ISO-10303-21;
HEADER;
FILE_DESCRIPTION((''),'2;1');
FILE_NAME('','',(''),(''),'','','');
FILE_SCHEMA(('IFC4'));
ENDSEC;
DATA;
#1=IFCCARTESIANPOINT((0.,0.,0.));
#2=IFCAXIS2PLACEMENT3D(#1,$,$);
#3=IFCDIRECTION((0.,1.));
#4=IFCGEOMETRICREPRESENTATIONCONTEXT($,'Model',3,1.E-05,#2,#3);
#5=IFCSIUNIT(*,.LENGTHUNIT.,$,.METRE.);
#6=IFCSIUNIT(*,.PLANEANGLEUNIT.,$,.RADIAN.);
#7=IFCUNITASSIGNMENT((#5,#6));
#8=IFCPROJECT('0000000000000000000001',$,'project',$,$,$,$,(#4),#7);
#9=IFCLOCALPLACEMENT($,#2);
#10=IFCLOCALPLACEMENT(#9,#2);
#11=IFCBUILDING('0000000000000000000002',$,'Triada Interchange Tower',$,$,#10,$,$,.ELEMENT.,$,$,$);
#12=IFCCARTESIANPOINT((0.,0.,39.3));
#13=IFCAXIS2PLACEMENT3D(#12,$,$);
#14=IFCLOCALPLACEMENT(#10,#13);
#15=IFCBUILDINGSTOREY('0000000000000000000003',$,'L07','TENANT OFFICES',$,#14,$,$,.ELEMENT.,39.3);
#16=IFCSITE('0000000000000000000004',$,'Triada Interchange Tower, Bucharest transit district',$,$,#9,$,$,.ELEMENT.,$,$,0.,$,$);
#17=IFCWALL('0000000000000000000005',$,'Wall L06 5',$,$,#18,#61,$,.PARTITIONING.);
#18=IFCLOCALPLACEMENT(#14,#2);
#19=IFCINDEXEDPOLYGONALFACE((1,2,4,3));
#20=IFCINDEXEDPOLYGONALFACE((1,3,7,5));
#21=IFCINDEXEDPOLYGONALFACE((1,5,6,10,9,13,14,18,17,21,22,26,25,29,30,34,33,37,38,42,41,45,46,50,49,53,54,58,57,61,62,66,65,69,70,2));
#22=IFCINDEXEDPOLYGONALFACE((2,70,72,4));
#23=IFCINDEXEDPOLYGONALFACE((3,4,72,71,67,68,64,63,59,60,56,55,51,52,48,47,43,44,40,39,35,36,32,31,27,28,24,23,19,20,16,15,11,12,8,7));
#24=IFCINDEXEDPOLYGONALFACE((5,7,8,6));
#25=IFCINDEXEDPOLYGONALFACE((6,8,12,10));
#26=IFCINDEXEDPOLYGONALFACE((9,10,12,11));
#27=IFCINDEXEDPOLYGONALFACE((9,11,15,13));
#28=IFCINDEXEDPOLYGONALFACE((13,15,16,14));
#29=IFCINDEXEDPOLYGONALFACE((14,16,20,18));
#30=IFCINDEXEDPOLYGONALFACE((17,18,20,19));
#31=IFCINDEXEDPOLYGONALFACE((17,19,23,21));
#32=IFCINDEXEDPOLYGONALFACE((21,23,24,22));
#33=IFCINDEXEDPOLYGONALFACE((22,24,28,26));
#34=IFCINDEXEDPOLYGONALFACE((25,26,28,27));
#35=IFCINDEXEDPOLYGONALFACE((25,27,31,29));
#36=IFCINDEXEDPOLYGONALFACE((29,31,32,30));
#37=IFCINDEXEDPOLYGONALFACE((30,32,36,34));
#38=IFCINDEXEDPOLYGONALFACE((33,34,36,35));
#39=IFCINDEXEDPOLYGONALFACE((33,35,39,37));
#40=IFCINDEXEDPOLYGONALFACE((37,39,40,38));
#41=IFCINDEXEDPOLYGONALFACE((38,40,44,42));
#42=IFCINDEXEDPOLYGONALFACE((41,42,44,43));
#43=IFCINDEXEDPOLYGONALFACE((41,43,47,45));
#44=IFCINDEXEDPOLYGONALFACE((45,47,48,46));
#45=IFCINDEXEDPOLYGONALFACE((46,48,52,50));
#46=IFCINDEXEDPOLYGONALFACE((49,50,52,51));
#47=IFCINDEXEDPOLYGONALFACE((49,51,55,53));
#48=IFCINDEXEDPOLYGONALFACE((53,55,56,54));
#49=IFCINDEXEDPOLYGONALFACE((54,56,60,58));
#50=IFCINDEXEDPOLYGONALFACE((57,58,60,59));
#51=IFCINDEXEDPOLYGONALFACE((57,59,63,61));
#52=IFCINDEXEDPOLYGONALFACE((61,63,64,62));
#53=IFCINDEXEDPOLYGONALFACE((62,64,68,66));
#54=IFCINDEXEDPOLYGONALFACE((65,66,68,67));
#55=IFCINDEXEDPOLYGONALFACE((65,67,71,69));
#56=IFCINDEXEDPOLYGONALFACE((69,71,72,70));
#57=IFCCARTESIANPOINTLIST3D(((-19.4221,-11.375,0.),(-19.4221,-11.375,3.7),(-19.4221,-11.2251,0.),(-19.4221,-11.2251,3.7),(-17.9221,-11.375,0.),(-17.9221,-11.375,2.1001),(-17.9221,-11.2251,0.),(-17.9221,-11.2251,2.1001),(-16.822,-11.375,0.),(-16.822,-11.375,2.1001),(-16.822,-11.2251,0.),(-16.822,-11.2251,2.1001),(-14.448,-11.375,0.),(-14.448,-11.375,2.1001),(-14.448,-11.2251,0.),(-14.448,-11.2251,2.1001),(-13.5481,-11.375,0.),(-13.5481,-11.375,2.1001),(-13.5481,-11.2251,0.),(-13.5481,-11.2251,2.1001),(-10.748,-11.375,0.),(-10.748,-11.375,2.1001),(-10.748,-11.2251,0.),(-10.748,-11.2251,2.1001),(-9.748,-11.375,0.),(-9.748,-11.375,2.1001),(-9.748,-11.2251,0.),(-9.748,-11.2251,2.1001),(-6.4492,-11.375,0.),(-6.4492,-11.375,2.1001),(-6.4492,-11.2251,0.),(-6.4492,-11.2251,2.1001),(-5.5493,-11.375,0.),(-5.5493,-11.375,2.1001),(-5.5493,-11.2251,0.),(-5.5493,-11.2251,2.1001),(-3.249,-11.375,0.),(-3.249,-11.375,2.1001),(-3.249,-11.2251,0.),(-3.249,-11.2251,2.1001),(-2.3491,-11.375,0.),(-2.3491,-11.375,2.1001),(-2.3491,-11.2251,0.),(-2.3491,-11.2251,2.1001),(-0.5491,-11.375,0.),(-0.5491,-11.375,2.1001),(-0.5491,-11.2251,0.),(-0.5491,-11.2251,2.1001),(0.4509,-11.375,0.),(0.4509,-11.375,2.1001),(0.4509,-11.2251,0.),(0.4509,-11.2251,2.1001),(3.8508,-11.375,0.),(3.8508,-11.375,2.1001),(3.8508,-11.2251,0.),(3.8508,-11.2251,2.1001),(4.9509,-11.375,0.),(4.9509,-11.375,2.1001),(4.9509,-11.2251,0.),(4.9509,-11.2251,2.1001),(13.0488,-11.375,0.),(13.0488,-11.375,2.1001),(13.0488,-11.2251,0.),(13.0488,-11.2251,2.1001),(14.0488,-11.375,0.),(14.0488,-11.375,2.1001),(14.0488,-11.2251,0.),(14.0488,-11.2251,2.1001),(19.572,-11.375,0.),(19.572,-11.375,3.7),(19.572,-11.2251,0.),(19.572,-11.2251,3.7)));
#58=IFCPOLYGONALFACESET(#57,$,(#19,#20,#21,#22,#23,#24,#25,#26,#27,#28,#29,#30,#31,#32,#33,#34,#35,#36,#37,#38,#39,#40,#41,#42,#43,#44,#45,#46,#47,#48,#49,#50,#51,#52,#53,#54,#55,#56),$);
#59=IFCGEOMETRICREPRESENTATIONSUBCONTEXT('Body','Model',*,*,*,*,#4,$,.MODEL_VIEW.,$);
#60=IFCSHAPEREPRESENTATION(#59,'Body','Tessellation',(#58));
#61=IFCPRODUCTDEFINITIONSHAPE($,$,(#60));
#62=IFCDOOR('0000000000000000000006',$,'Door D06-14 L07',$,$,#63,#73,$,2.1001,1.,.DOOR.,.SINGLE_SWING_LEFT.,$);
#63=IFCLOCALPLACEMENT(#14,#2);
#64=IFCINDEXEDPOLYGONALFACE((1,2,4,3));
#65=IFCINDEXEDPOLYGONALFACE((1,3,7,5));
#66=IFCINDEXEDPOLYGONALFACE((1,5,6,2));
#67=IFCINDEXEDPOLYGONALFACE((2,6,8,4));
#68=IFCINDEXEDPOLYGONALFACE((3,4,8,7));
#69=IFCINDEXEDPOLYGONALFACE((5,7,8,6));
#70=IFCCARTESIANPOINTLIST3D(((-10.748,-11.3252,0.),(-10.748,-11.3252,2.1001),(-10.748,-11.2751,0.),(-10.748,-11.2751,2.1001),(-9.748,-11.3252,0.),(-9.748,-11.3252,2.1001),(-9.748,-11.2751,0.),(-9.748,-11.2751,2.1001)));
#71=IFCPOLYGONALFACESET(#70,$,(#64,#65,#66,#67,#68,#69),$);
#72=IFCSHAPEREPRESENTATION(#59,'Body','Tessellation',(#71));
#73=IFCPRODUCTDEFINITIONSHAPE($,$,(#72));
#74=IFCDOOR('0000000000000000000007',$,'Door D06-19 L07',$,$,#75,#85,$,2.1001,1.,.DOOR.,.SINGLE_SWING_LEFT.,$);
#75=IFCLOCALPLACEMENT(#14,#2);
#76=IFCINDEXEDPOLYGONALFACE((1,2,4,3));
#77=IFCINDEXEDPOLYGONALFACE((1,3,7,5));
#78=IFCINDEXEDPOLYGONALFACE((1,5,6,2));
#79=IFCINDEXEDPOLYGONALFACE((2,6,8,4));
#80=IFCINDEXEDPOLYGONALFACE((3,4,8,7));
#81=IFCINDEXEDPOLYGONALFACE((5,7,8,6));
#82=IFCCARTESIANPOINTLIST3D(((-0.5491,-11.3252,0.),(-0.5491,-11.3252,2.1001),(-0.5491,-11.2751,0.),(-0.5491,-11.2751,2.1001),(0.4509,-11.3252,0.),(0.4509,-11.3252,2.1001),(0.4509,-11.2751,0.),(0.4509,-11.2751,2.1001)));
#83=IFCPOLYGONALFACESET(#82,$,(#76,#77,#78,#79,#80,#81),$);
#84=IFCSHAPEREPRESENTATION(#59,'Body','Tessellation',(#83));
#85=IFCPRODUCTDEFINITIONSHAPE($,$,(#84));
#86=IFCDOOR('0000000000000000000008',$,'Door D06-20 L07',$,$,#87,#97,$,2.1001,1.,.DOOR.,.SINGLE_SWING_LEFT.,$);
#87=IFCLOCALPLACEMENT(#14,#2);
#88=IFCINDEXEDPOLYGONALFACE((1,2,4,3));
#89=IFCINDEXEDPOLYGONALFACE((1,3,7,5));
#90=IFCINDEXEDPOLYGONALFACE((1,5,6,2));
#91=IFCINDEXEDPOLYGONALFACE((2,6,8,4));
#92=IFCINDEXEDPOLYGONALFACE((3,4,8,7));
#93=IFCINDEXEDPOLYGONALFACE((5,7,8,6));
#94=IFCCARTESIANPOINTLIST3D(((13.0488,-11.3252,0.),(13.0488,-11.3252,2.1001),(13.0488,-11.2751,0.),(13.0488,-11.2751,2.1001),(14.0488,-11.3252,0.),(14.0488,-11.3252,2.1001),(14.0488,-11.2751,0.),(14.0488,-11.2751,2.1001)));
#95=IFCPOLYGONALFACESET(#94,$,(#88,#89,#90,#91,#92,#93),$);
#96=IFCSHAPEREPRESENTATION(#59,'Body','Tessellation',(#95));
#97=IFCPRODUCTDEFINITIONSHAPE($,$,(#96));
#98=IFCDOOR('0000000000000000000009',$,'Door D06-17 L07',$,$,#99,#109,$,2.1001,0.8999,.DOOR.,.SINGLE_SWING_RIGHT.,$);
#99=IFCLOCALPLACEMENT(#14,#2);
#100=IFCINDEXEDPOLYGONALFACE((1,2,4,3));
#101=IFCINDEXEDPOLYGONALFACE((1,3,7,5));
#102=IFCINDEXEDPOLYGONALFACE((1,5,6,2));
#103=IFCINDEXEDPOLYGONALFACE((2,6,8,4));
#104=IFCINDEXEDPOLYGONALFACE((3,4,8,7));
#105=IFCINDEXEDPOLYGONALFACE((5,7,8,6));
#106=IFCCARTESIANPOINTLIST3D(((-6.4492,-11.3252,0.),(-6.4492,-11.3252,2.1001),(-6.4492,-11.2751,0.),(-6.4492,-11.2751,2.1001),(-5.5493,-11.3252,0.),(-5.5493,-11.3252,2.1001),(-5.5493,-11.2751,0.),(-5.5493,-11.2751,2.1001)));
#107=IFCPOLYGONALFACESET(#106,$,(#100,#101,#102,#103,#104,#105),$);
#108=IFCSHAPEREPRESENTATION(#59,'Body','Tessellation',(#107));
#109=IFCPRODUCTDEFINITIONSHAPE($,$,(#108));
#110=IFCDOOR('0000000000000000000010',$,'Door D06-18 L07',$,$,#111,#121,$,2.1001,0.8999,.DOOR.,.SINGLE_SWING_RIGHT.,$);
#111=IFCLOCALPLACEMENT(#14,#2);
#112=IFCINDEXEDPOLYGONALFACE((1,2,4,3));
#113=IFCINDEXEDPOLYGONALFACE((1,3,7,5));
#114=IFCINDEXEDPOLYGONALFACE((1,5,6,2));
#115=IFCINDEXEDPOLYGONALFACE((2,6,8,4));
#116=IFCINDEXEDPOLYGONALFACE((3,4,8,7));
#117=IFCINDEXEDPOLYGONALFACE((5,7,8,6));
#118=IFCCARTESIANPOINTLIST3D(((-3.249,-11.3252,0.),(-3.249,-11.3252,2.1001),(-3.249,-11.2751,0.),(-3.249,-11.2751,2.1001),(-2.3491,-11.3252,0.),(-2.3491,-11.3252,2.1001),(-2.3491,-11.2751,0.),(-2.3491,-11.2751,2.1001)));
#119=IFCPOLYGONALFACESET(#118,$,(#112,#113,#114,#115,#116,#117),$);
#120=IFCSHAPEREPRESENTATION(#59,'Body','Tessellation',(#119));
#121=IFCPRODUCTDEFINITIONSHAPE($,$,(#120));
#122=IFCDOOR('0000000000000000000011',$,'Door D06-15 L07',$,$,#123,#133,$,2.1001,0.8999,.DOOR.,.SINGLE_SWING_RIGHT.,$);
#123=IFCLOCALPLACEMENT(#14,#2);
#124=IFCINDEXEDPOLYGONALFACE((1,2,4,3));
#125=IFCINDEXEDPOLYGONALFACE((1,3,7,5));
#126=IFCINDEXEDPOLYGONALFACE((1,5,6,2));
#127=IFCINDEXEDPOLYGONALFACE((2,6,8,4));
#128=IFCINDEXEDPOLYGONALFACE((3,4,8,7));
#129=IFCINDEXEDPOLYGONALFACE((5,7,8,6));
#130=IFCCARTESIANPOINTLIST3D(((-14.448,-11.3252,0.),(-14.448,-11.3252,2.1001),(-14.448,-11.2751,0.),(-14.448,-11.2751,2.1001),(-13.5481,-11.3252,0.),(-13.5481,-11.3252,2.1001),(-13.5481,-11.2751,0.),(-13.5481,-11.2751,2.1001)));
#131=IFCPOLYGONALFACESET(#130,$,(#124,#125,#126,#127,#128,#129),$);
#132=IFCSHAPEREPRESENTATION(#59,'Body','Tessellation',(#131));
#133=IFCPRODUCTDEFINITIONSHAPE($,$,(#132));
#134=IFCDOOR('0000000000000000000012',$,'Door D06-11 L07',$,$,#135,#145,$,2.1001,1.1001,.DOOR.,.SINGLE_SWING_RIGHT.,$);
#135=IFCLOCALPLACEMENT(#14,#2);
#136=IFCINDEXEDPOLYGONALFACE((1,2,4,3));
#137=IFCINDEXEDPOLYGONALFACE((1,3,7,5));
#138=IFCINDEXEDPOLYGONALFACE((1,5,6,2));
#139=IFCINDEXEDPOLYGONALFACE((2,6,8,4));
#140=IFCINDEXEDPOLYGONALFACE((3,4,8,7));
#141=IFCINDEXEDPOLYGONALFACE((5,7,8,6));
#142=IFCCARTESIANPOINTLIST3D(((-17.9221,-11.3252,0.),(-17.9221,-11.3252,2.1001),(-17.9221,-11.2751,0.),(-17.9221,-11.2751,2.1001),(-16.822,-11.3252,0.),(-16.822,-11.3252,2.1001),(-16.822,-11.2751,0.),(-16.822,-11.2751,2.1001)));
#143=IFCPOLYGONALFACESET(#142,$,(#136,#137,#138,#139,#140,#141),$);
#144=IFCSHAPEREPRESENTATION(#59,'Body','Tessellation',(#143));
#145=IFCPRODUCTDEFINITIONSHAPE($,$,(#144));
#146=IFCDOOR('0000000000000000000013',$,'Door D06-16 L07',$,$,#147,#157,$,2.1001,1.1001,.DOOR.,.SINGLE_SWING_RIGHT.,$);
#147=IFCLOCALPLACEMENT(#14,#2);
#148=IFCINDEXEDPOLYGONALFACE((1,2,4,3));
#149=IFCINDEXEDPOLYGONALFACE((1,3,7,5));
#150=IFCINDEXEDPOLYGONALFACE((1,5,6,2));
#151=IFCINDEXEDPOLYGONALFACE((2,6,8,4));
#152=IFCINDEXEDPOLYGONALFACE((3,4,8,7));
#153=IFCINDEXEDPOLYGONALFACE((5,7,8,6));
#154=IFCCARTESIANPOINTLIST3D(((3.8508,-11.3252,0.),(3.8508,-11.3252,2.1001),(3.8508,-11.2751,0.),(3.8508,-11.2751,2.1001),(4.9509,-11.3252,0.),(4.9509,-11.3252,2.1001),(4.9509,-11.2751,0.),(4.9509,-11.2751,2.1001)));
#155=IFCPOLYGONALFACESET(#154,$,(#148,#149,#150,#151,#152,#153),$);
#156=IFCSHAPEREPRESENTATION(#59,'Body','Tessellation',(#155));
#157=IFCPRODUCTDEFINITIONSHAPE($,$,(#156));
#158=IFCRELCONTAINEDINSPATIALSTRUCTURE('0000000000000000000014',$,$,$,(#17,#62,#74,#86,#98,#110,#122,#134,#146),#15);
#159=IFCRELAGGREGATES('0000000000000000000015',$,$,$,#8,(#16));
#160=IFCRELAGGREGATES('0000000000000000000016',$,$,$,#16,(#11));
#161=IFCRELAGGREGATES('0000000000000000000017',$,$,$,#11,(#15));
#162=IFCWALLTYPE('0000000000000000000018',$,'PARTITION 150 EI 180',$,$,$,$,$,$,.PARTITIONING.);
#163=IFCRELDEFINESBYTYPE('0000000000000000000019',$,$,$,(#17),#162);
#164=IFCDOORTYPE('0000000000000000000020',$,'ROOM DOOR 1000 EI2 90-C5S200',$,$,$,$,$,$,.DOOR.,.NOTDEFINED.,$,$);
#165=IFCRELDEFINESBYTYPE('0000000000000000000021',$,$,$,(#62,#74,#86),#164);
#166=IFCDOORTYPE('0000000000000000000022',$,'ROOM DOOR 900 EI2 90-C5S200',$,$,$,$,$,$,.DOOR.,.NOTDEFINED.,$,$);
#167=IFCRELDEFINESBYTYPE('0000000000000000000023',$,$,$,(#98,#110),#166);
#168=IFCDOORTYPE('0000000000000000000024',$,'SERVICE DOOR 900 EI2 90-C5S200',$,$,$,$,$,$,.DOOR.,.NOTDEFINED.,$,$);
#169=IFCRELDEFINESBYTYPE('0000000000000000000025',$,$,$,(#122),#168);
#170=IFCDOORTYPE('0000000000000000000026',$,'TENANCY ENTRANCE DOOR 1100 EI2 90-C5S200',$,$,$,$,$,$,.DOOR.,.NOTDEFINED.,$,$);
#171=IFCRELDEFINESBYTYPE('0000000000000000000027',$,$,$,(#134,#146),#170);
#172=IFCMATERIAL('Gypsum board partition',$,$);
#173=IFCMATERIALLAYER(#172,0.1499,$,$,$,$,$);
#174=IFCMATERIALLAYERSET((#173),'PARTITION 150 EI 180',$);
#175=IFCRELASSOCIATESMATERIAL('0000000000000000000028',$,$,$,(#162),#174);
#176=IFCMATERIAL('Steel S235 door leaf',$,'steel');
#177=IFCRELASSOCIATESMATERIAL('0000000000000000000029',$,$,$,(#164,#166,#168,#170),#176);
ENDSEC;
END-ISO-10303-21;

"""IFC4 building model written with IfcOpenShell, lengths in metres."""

from ifc_helpers import new_model, si_unit, direction, frame, frame_2d, origin, place, context, subcontext, project, spatial, rectangle, extrude, material, layer, layer_set, type_object, element, fill, save


model = new_model("IFC4")

# Units and contexts
model_context = context("Model", 3, precision=1e-05, world=origin(), true_north=direction((0.0, 1.0)))
body_context = subcontext(model_context, "Body", "Model", "MODEL_VIEW")
ifc_project = project(units=[si_unit("LENGTHUNIT", "METRE"), si_unit("PLANEANGLEUNIT", "RADIAN")], contexts=[model_context])

# Site, building, storey
site_placement = place(None, origin())
site = spatial("IfcSite", under=ifc_project, at=site_placement, Name="Triada Interchange Tower, Bucharest transit district", CompositionType="ELEMENT", RefElevation=0.0)
building_placement = place(site_placement, origin())
building = spatial("IfcBuilding", under=site, at=building_placement, Name="Triada Interchange Tower", CompositionType="ELEMENT")
storey_placement = place(building_placement, frame((0.0, 0.0, 39.3)))
storey = spatial("IfcBuildingStorey", under=building, at=storey_placement, Name="L07", Description="TENANT OFFICES", CompositionType="ELEMENT", Elevation=39.3)

# Wall, openings, doors
ifc_material_1 = material(Name="Gypsum board partition")
ifc_layer = layer(ifc_material_1, 0.1499)
ifc_layer_set = layer_set([ifc_layer], Name="PARTITION 150 EI 180")
wall_type = type_object("IfcWallType", Name="PARTITION 150 EI 180", PredefinedType="PARTITIONING", material=ifc_layer_set)
ifc_material_2 = material(Name="Steel S235 door leaf", Category="steel")
door_type_1 = type_object("IfcDoorType", Name="ROOM DOOR 1000 EI2 90-C5S200", OperationType="NOTDEFINED", PredefinedType="DOOR", material=ifc_material_2)
door_type_2 = type_object("IfcDoorType", Name="ROOM DOOR 900 EI2 90-C5S200", OperationType="NOTDEFINED", PredefinedType="DOOR", material=ifc_material_2)
door_type_3 = type_object("IfcDoorType", Name="SERVICE DOOR 900 EI2 90-C5S200", OperationType="NOTDEFINED", PredefinedType="DOOR", material=ifc_material_2)
door_type_4 = type_object("IfcDoorType", Name="TENANCY ENTRANCE DOOR 1100 EI2 90-C5S200", OperationType="NOTDEFINED", PredefinedType="DOOR", material=ifc_material_2)
wall_1_placement = place(storey_placement, frame((-19.4221, -11.3, 0.0), z_axis=(0.0, 0.0, 1.0), x_axis=(1.0, 0.0, 0.0)))
wall_1 = element("IfcWall", 1, at=wall_1_placement, inside=storey, type_object=wall_type, Name="Wall L06 5", PredefinedType="PARTITIONING", context=body_context, shape_type="SweptSolid", body=[
    extrude(rectangle(XDim=38.9941, YDim=0.1499, at=frame_2d((19.4971, 0.0))), origin(), (0.0, 0.0, 1.0), 3.7),
])
opening_1_placement = place(wall_1_placement, frame((1.5, 0.0, 0.0)))
opening_1 = element("IfcOpeningElement", 2, at=opening_1_placement, cuts=wall_1, PredefinedType="OPENING", context=body_context, shape_type="SweptSolid", body=[
    extrude(rectangle(XDim=1.1001, YDim=2.1001, at=frame_2d((0.55, 1.05))), frame((0.0, 0.085, 0.0), z_axis=(0.0, -1.0, 0.0), x_axis=(1.0, 0.0, 0.0)), (0.0, 0.0, 1.0), 0.1699),
])
opening_2_placement = place(wall_1_placement, frame((8.6741, 0.0, 0.0)))
opening_2 = element("IfcOpeningElement", 3, at=opening_2_placement, cuts=wall_1, PredefinedType="OPENING", context=body_context, shape_type="SweptSolid", body=[
    extrude(rectangle(XDim=1.0, YDim=2.1001, at=frame_2d((0.5, 1.05))), frame((0.0, 0.085, 0.0), z_axis=(0.0, -1.0, 0.0), x_axis=(1.0, 0.0, 0.0)), (0.0, 0.0, 1.0), 0.1699),
])
opening_3_placement = place(wall_1_placement, frame((4.9741, 0.0, 0.0)))
opening_3 = element("IfcOpeningElement", 4, at=opening_3_placement, cuts=wall_1, PredefinedType="OPENING", context=body_context, shape_type="SweptSolid", body=[
    extrude(rectangle(XDim=0.8999, YDim=2.1001, at=frame_2d((0.45, 1.05))), frame((0.0, 0.085, 0.0), z_axis=(0.0, -1.0, 0.0), x_axis=(1.0, 0.0, 0.0)), (0.0, 0.0, 1.0), 0.1699),
])
opening_4_placement = place(wall_1_placement, frame((23.2729, 0.0, 0.0)))
opening_4 = element("IfcOpeningElement", 5, at=opening_4_placement, cuts=wall_1, PredefinedType="OPENING", context=body_context, shape_type="SweptSolid", body=[
    extrude(rectangle(XDim=1.1001, YDim=2.1001, at=frame_2d((0.55, 1.05))), frame((0.0, 0.085, 0.0), z_axis=(0.0, -1.0, 0.0), x_axis=(1.0, 0.0, 0.0)), (0.0, 0.0, 1.0), 0.1699),
])
opening_5_placement = place(wall_1_placement, frame((12.9729, 0.0, 0.0)))
opening_5 = element("IfcOpeningElement", 6, at=opening_5_placement, cuts=wall_1, PredefinedType="OPENING", context=body_context, shape_type="SweptSolid", body=[
    extrude(rectangle(XDim=0.8999, YDim=2.1001, at=frame_2d((0.45, 1.05))), frame((0.0, 0.085, 0.0), z_axis=(0.0, -1.0, 0.0), x_axis=(1.0, 0.0, 0.0)), (0.0, 0.0, 1.0), 0.1699),
])
opening_6_placement = place(wall_1_placement, frame((16.1731, 0.0, 0.0)))
opening_6 = element("IfcOpeningElement", 7, at=opening_6_placement, cuts=wall_1, PredefinedType="OPENING", context=body_context, shape_type="SweptSolid", body=[
    extrude(rectangle(XDim=0.8999, YDim=2.1001, at=frame_2d((0.45, 1.05))), frame((0.0, 0.085, 0.0), z_axis=(0.0, -1.0, 0.0), x_axis=(1.0, 0.0, 0.0)), (0.0, 0.0, 1.0), 0.1699),
])
opening_7_placement = place(wall_1_placement, frame((18.873, 0.0, 0.0)))
opening_7 = element("IfcOpeningElement", 8, at=opening_7_placement, cuts=wall_1, PredefinedType="OPENING", context=body_context, shape_type="SweptSolid", body=[
    extrude(rectangle(XDim=1.0, YDim=2.1001, at=frame_2d((0.5, 1.05))), frame((0.0, 0.085, 0.0), z_axis=(0.0, -1.0, 0.0), x_axis=(1.0, 0.0, 0.0)), (0.0, 0.0, 1.0), 0.1699),
])
opening_8_placement = place(wall_1_placement, frame((32.4709, 0.0, 0.0)))
opening_8 = element("IfcOpeningElement", 9, at=opening_8_placement, cuts=wall_1, PredefinedType="OPENING", context=body_context, shape_type="SweptSolid", body=[
    extrude(rectangle(XDim=1.0, YDim=2.1001, at=frame_2d((0.5, 1.05))), frame((0.0, 0.085, 0.0), z_axis=(0.0, -1.0, 0.0), x_axis=(1.0, 0.0, 0.0)), (0.0, 0.0, 1.0), 0.1699),
])
door_1_placement = place(opening_2_placement, origin())
door_1 = element("IfcDoor", 10, at=door_1_placement, inside=storey, type_object=door_type_1, Name="Door D06-14 L07", OperationType="SINGLE_SWING_LEFT", OverallHeight=2.1001, OverallWidth=1.0, PredefinedType="DOOR", context=body_context, shape_type="SweptSolid", body=[
    extrude(rectangle(XDim=1.0, YDim=2.1001, at=frame_2d((0.5, 1.05))), frame((0.0, 0.0249, 0.0), z_axis=(0.0, -1.0, 0.0), x_axis=(1.0, 0.0, 0.0)), (0.0, 0.0, 1.0), 0.05),
])
fill(opening_2, door_1)
door_2_placement = place(opening_7_placement, origin())
door_2 = element("IfcDoor", 11, at=door_2_placement, inside=storey, type_object=door_type_1, Name="Door D06-19 L07", OperationType="SINGLE_SWING_LEFT", OverallHeight=2.1001, OverallWidth=1.0, PredefinedType="DOOR", context=body_context, shape_type="SweptSolid", body=[
    extrude(rectangle(XDim=1.0, YDim=2.1001, at=frame_2d((0.5, 1.05))), frame((0.0, 0.0249, 0.0), z_axis=(0.0, -1.0, 0.0), x_axis=(1.0, 0.0, 0.0)), (0.0, 0.0, 1.0), 0.05),
])
fill(opening_7, door_2)
door_3_placement = place(opening_8_placement, origin())
door_3 = element("IfcDoor", 12, at=door_3_placement, inside=storey, type_object=door_type_1, Name="Door D06-20 L07", OperationType="SINGLE_SWING_LEFT", OverallHeight=2.1001, OverallWidth=1.0, PredefinedType="DOOR", context=body_context, shape_type="SweptSolid", body=[
    extrude(rectangle(XDim=1.0, YDim=2.1001, at=frame_2d((0.5, 1.05))), frame((0.0, 0.0249, 0.0), z_axis=(0.0, -1.0, 0.0), x_axis=(1.0, 0.0, 0.0)), (0.0, 0.0, 1.0), 0.05),
])
fill(opening_8, door_3)
door_4_placement = place(opening_5_placement, origin())
door_4 = element("IfcDoor", 13, at=door_4_placement, inside=storey, type_object=door_type_2, Name="Door D06-17 L07", OperationType="SINGLE_SWING_RIGHT", OverallHeight=2.1001, OverallWidth=0.8999, PredefinedType="DOOR", context=body_context, shape_type="SweptSolid", body=[
    extrude(rectangle(XDim=0.8999, YDim=2.1001, at=frame_2d((0.45, 1.05))), frame((0.0, 0.0249, 0.0), z_axis=(0.0, -1.0, 0.0), x_axis=(1.0, 0.0, 0.0)), (0.0, 0.0, 1.0), 0.05),
])
fill(opening_5, door_4)
door_5_placement = place(opening_6_placement, origin())
door_5 = element("IfcDoor", 14, at=door_5_placement, inside=storey, type_object=door_type_2, Name="Door D06-18 L07", OperationType="SINGLE_SWING_RIGHT", OverallHeight=2.1001, OverallWidth=0.8999, PredefinedType="DOOR", context=body_context, shape_type="SweptSolid", body=[
    extrude(rectangle(XDim=0.8999, YDim=2.1001, at=frame_2d((0.45, 1.05))), frame((0.0, 0.0249, 0.0), z_axis=(0.0, -1.0, 0.0), x_axis=(1.0, 0.0, 0.0)), (0.0, 0.0, 1.0), 0.05),
])
fill(opening_6, door_5)
door_6_placement = place(opening_3_placement, origin())
door_6 = element("IfcDoor", 15, at=door_6_placement, inside=storey, type_object=door_type_3, Name="Door D06-15 L07", OperationType="SINGLE_SWING_RIGHT", OverallHeight=2.1001, OverallWidth=0.8999, PredefinedType="DOOR", context=body_context, shape_type="SweptSolid", body=[
    extrude(rectangle(XDim=0.8999, YDim=2.1001, at=frame_2d((0.45, 1.05))), frame((0.0, 0.0249, 0.0), z_axis=(0.0, -1.0, 0.0), x_axis=(1.0, 0.0, 0.0)), (0.0, 0.0, 1.0), 0.05),
])
fill(opening_3, door_6)
door_7_placement = place(opening_1_placement, origin())
door_7 = element("IfcDoor", 16, at=door_7_placement, inside=storey, type_object=door_type_4, Name="Door D06-11 L07", OperationType="SINGLE_SWING_RIGHT", OverallHeight=2.1001, OverallWidth=1.1001, PredefinedType="DOOR", context=body_context, shape_type="SweptSolid", body=[
    extrude(rectangle(XDim=1.1001, YDim=2.1001, at=frame_2d((0.55, 1.05))), frame((0.0, 0.0249, 0.0), z_axis=(0.0, -1.0, 0.0), x_axis=(1.0, 0.0, 0.0)), (0.0, 0.0, 1.0), 0.05),
])
fill(opening_1, door_7)
door_8_placement = place(opening_4_placement, origin())
door_8 = element("IfcDoor", 17, at=door_8_placement, inside=storey, type_object=door_type_4, Name="Door D06-16 L07", OperationType="SINGLE_SWING_RIGHT", OverallHeight=2.1001, OverallWidth=1.1001, PredefinedType="DOOR", context=body_context, shape_type="SweptSolid", body=[
    extrude(rectangle(XDim=1.1001, YDim=2.1001, at=frame_2d((0.55, 1.05))), frame((0.0, 0.0249, 0.0), z_axis=(0.0, -1.0, 0.0), x_axis=(1.0, 0.0, 0.0)), (0.0, 0.0, 1.0), 0.05),
])
fill(opening_4, door_8)

save(model, "model.ifc")
